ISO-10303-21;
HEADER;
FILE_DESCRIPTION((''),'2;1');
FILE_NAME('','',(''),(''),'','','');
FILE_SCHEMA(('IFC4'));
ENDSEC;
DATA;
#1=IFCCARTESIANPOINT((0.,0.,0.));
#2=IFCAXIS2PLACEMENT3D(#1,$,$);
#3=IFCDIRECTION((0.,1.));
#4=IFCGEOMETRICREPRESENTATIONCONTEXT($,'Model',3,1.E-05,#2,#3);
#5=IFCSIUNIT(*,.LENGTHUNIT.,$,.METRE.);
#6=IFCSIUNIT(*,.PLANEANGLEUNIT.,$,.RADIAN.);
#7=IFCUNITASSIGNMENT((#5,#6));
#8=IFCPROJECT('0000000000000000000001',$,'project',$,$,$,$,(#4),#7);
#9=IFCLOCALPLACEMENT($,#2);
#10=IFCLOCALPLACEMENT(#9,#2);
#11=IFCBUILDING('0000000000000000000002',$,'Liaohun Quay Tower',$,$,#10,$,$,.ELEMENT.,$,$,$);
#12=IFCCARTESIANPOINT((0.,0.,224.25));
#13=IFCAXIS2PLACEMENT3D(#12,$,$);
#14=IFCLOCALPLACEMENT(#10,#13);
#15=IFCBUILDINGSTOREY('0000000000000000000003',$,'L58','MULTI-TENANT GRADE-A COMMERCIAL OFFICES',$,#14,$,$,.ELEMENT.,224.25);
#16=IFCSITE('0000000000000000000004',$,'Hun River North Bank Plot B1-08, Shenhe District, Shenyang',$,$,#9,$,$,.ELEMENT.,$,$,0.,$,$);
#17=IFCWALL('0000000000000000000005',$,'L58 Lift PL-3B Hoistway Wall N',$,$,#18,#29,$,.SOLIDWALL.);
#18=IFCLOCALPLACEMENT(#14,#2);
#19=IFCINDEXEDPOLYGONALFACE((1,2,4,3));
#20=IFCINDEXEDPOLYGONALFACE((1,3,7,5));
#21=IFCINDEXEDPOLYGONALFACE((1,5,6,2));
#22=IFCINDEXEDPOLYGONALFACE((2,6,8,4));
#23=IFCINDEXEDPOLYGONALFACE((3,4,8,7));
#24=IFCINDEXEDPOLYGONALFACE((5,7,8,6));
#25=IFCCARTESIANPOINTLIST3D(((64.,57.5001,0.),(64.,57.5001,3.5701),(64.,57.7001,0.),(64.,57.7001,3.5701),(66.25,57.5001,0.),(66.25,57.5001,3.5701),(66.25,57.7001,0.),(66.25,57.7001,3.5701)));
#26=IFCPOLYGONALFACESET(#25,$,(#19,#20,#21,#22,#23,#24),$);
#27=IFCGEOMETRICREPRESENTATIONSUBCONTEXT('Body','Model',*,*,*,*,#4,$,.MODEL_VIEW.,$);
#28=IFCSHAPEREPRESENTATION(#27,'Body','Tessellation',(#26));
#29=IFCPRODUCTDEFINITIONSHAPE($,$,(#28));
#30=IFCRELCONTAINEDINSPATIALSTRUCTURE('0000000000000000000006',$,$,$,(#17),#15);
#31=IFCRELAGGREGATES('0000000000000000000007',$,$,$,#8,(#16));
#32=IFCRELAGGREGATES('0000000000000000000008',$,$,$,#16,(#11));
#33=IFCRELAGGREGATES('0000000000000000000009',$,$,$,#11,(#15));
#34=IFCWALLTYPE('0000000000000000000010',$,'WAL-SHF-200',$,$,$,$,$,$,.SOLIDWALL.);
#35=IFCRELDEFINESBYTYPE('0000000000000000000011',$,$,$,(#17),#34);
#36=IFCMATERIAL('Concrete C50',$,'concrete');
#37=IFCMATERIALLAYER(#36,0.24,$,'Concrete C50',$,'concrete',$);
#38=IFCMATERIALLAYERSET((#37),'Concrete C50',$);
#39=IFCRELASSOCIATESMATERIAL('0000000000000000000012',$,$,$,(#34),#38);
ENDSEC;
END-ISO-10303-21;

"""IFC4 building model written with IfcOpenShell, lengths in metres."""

from ifc_helpers import new_model, si_unit, direction, frame, frame_2d, origin, place, context, subcontext, project, spatial, rectangle, extrude, material, layer, layer_set, type_object, element, save


model = new_model("IFC4")

# Units and contexts
model_context = context("Model", 3, precision=1e-05, world=origin(), true_north=direction((0.0, 1.0)))
body_context = subcontext(model_context, "Body", "Model", "MODEL_VIEW")
ifc_project = project(units=[si_unit("LENGTHUNIT", "METRE"), si_unit("PLANEANGLEUNIT", "RADIAN")], contexts=[model_context])

# Site, building, storey
site_placement = place(None, origin())
site = spatial("IfcSite", under=ifc_project, at=site_placement, Name="Hun River North Bank Plot B1-08, Shenhe District, Shenyang", CompositionType="ELEMENT", RefElevation=0.0)
building_placement = place(site_placement, origin())
building = spatial("IfcBuilding", under=site, at=building_placement, Name="Liaohun Quay Tower", CompositionType="ELEMENT")
storey_placement = place(building_placement, frame((0.0, 0.0, 224.25)))
storey = spatial("IfcBuildingStorey", under=building, at=storey_placement, Name="L58", Description="MULTI-TENANT GRADE-A COMMERCIAL OFFICES", CompositionType="ELEMENT", Elevation=224.25)

# Wall
ifc_material_1 = material(Name="Concrete C50", Category="concrete")
ifc_layer_1 = layer(ifc_material_1, 0.24, Name="Concrete C50", Category="concrete")
ifc_layer_set_1 = layer_set([ifc_layer_1], Name="Concrete C50")
wall_type_1 = type_object("IfcWallType", Name="WAL-SHF-200", PredefinedType="SOLIDWALL", material=ifc_layer_set_1)
wall_1_placement = place(storey_placement, frame((66.25, 57.6001, 0.0), z_axis=(0.0, 0.0, 1.0), x_axis=(-1.0, 0.0, 0.0)))
element("IfcWall", 1, at=wall_1_placement, inside=storey, type_object=wall_type_1, Name="L58 Lift PL-3B Hoistway Wall N", PredefinedType="SOLIDWALL", context=body_context, shape_type="SweptSolid", body=[
    extrude(rectangle(XDim=2.25, YDim=0.2, at=frame_2d((1.125, 0.0))), origin(), (0.0, 0.0, 1.0), 3.5701),
])

save(model, "model.ifc")
